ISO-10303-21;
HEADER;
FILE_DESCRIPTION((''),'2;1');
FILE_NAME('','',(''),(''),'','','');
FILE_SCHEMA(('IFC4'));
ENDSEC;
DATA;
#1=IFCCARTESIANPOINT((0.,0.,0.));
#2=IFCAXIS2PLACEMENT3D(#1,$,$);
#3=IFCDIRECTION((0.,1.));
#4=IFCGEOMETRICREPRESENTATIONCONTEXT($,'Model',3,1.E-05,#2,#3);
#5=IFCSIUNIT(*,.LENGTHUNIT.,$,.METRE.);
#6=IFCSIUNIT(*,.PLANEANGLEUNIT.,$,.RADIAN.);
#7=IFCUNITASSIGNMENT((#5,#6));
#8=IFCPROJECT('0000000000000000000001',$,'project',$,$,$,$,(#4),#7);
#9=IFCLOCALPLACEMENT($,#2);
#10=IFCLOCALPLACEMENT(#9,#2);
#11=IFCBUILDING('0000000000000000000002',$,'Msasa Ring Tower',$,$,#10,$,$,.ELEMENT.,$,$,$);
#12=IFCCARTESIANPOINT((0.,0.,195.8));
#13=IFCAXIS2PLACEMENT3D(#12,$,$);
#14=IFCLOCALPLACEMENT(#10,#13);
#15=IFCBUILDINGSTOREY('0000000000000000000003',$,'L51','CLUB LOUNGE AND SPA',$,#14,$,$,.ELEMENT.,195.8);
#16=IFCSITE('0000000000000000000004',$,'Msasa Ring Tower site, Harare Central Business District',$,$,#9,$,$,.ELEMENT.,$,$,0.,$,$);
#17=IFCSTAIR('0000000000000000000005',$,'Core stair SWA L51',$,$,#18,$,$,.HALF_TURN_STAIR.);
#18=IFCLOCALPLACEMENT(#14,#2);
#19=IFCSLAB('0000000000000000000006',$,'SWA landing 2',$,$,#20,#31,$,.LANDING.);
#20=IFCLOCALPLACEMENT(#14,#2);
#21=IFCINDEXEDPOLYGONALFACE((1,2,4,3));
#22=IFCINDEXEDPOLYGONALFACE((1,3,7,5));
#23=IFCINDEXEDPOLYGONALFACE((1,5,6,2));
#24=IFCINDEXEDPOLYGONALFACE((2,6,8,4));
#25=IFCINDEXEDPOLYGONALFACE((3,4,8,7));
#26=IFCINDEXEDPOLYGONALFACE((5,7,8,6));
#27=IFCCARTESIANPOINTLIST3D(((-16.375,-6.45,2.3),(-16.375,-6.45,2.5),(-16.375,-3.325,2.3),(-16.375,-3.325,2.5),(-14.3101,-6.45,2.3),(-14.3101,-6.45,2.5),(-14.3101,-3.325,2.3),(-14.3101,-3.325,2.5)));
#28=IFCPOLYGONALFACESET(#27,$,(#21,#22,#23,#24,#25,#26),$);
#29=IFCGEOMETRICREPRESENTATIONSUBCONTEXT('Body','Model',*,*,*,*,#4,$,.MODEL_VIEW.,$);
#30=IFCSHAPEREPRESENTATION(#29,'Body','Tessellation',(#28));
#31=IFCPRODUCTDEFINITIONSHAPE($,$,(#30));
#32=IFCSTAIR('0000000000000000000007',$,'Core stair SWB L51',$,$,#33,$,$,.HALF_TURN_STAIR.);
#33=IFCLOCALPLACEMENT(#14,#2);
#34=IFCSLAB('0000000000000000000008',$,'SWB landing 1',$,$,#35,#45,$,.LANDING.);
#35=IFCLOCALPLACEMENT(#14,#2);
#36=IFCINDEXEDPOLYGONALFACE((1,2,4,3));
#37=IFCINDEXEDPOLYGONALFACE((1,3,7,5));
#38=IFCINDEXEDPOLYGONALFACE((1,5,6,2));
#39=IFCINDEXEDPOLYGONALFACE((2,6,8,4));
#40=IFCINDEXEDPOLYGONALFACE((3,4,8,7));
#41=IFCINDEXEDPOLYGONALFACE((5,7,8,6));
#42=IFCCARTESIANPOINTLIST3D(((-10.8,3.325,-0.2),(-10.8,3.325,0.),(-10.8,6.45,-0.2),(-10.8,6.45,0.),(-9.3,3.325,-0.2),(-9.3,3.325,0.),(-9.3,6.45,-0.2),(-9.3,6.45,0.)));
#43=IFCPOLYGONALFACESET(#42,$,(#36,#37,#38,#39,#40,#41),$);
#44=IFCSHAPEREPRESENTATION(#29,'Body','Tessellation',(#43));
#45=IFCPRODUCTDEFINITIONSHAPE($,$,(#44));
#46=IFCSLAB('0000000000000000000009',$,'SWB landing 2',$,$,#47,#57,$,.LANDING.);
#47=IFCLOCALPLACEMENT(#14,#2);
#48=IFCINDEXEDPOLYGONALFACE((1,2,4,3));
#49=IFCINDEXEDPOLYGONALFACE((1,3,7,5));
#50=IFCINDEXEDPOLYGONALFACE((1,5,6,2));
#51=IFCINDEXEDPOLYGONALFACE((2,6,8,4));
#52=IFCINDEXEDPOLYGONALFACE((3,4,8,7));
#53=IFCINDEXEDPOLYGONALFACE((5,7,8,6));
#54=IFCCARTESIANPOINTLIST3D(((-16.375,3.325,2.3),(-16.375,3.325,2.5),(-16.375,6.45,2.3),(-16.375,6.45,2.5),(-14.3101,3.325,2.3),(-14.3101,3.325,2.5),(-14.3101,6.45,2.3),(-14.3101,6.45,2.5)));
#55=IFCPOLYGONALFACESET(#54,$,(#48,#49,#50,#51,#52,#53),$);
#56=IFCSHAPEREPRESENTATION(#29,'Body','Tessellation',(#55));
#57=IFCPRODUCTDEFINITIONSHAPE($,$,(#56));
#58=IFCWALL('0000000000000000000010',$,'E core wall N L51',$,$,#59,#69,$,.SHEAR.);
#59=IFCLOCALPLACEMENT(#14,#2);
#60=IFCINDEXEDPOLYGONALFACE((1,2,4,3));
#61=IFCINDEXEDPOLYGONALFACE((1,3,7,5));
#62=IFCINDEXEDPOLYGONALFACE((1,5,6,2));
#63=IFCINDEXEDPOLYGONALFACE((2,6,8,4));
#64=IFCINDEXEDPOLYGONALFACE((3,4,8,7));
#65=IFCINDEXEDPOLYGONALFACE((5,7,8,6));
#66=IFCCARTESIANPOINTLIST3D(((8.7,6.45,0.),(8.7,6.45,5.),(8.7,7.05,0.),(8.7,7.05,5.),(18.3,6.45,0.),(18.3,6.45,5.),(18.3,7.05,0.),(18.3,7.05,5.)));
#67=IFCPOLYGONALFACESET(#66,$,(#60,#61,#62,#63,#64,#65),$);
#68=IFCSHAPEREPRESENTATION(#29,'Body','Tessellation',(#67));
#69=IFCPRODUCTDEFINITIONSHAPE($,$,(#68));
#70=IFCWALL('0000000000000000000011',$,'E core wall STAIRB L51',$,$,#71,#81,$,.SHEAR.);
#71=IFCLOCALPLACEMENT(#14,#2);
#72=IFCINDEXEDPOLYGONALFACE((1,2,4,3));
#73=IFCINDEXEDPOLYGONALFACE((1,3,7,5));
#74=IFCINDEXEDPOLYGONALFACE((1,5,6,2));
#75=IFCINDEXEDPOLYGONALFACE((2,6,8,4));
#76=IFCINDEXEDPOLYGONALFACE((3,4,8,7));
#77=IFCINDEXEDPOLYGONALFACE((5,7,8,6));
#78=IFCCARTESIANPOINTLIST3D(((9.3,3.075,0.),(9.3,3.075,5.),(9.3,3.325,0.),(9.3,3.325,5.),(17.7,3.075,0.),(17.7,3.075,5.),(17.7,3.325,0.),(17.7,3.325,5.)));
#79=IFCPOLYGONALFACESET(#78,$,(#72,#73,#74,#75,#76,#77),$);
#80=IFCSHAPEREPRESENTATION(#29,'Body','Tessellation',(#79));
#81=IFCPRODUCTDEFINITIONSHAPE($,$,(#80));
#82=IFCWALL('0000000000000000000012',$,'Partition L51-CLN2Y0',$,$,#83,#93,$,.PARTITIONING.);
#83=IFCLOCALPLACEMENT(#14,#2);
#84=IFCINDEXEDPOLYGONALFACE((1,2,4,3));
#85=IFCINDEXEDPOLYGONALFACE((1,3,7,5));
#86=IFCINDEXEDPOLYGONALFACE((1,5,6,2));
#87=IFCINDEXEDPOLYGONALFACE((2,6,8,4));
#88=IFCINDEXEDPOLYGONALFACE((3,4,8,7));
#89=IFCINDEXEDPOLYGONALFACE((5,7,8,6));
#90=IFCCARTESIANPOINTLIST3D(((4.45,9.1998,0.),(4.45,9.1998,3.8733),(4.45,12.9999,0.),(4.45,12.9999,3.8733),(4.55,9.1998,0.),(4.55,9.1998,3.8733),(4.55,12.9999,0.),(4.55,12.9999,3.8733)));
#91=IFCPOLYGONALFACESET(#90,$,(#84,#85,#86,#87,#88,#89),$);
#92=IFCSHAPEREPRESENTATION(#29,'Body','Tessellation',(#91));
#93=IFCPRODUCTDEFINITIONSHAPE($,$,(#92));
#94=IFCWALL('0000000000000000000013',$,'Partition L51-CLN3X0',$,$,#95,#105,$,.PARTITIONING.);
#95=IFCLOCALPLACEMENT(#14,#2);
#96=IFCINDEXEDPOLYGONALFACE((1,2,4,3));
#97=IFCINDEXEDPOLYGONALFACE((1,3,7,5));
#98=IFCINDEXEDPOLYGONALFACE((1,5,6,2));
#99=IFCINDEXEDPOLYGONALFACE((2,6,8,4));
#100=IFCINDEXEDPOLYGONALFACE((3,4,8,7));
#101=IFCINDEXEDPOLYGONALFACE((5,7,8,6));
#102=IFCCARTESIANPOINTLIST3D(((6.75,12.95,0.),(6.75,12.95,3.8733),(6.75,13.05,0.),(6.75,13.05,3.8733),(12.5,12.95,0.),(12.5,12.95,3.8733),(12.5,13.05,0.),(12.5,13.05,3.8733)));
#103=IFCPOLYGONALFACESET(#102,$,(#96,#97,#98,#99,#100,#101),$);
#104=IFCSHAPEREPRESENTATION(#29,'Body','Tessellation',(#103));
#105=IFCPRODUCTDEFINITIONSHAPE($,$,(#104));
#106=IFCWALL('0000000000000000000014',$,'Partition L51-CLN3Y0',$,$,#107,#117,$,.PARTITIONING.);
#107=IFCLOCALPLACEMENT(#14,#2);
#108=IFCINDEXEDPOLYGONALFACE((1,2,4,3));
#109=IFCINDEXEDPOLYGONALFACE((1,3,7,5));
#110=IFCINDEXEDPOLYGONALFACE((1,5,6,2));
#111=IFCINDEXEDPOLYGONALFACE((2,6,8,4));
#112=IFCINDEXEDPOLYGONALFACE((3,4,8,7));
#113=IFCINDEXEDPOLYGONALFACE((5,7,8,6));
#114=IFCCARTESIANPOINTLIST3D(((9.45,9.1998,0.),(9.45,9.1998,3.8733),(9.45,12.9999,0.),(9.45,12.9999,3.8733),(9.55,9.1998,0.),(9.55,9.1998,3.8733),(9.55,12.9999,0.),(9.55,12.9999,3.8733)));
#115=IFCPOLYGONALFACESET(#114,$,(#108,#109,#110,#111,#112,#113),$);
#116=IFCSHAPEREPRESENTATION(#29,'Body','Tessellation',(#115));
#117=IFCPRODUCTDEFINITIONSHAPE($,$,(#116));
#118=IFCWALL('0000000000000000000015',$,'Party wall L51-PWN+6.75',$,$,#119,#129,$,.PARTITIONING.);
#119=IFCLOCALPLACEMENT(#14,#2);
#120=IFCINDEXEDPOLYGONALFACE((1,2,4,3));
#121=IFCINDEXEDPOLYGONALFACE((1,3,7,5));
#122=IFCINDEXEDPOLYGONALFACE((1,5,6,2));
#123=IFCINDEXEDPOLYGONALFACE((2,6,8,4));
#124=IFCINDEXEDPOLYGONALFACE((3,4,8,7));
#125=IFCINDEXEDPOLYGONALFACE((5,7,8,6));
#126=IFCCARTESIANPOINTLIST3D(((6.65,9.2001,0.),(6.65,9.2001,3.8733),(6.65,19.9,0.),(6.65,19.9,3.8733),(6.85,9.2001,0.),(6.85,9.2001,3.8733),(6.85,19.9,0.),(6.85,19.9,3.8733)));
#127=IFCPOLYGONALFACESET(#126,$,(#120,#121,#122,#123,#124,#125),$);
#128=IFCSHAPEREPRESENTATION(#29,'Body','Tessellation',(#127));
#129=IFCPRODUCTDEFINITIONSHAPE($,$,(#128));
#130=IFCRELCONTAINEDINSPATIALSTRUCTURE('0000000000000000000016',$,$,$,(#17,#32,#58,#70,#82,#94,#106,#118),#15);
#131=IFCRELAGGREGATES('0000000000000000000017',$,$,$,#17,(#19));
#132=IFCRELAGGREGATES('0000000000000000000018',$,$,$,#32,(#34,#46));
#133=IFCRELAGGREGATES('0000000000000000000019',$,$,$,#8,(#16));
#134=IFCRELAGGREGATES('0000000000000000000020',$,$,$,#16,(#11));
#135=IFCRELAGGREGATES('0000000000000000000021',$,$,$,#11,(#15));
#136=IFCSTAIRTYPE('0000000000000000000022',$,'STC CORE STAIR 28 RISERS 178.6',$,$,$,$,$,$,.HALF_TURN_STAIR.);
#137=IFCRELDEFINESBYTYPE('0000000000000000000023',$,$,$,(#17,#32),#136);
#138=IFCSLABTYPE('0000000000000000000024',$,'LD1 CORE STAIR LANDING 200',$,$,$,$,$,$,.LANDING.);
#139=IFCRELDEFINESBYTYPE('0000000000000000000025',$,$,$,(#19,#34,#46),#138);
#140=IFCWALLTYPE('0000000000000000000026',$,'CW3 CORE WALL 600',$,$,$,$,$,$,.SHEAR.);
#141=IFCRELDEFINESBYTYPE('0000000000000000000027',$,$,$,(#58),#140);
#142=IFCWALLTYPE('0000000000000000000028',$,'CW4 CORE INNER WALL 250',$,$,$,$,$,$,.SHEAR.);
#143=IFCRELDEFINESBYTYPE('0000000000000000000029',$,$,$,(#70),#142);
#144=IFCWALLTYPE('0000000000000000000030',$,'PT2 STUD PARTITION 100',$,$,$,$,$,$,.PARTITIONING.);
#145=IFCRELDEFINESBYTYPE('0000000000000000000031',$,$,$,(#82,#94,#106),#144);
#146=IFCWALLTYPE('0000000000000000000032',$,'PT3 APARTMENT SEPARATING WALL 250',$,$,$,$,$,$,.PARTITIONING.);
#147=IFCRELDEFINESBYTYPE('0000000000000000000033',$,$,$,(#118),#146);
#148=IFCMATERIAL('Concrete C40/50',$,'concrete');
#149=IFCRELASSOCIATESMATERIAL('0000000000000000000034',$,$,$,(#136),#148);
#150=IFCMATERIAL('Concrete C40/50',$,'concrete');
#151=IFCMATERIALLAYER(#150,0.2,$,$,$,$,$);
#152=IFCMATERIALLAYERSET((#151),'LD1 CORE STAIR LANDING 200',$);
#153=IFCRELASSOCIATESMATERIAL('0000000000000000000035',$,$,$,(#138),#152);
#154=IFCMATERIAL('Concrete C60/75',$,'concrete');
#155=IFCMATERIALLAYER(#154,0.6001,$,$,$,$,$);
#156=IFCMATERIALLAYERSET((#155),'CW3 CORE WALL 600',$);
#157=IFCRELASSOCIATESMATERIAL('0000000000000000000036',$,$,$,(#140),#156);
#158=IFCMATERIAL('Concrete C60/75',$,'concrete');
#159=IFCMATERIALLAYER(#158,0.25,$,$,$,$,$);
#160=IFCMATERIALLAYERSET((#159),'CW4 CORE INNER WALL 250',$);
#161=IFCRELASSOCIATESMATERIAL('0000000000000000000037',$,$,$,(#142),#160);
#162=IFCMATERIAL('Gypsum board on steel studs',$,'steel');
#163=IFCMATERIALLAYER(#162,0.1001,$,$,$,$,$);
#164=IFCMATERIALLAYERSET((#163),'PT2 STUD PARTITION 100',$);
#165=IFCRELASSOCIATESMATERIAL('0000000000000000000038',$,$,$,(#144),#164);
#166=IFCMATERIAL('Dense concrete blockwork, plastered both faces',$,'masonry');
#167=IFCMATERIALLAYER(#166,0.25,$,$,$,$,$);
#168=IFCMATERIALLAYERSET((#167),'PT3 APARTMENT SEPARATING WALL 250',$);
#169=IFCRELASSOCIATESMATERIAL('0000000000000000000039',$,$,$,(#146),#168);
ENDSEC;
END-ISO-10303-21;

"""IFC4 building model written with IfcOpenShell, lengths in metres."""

from ifc_helpers import new_model, si_unit, direction, frame, frame_2d, origin, place, context, subcontext, project, spatial, polyline, rectangle, outline, extrude, material, layer, layer_set, type_object, element, aggregate, save


model = new_model("IFC4")

# Units and contexts
model_context = context("Model", 3, precision=1e-05, world=origin(), true_north=direction((0.0, 1.0)))
body_context = subcontext(model_context, "Body", "Model", "MODEL_VIEW")
ifc_project = project(units=[si_unit("LENGTHUNIT", "METRE"), si_unit("PLANEANGLEUNIT", "RADIAN")], contexts=[model_context])

# Site, building, storey
site_placement = place(None, origin())
site = spatial("IfcSite", under=ifc_project, at=site_placement, Name="Msasa Ring Tower site, Harare Central Business District", CompositionType="ELEMENT", RefElevation=0.0)
building_placement = place(site_placement, origin())
building = spatial("IfcBuilding", under=site, at=building_placement, Name="Msasa Ring Tower", CompositionType="ELEMENT")
storey_placement = place(building_placement, frame((0.0, 0.0, 195.8)))
storey = spatial("IfcBuildingStorey", under=building, at=storey_placement, Name="L51", Description="CLUB LOUNGE AND SPA", CompositionType="ELEMENT", Elevation=195.8)

# Stairs, slabs
ifc_material_1 = material(Name="Concrete C40/50", Category="concrete")
stair_type = type_object("IfcStairType", Name="STC CORE STAIR 28 RISERS 178.6", PredefinedType="HALF_TURN_STAIR", material=ifc_material_1)
stair_1_placement = place(storey_placement, origin())
stair_1 = element("IfcStair", 1, at=stair_1_placement, inside=storey, type_object=stair_type, Name="Core stair SWA L51", PredefinedType="HALF_TURN_STAIR")
ifc_material_2 = material(Name="Concrete C40/50", Category="concrete")
ifc_layer_1 = layer(ifc_material_2, 0.2)
ifc_layer_set_1 = layer_set([ifc_layer_1], Name="LD1 CORE STAIR LANDING 200")
slab_type = type_object("IfcSlabType", Name="LD1 CORE STAIR LANDING 200", PredefinedType="LANDING", material=ifc_layer_set_1)
slab_1_placement = place(storey_placement, frame((0.0, 0.0, 2.3)))
slab_1 = element("IfcSlab", 2, at=slab_1_placement, type_object=slab_type, Name="SWA landing 2", PredefinedType="LANDING", context=body_context, shape_type="SweptSolid", body=[
    extrude(outline(polyline([(-16.375, -6.45), (-14.3101, -6.45), (-14.3101, -3.325), (-16.375, -3.325), (-16.375, -6.45)])), origin(), (0.0, 0.0, 1.0), 0.2),
])
aggregate(stair_1, [slab_1])
stair_2_placement = place(storey_placement, origin())
stair_2 = element("IfcStair", 3, at=stair_2_placement, inside=storey, type_object=stair_type, Name="Core stair SWB L51", PredefinedType="HALF_TURN_STAIR")
slab_2_placement = place(storey_placement, frame((0.0, 0.0, -0.2)))
slab_2 = element("IfcSlab", 4, at=slab_2_placement, type_object=slab_type, Name="SWB landing 1", PredefinedType="LANDING", context=body_context, shape_type="SweptSolid", body=[
    extrude(outline(polyline([(-10.8, 3.325), (-9.3, 3.325), (-9.3, 6.45), (-10.8, 6.45), (-10.8, 3.325)])), origin(), (0.0, 0.0, 1.0), 0.2),
])
slab_3_placement = place(storey_placement, frame((0.0, 0.0, 2.3)))
slab_3 = element("IfcSlab", 5, at=slab_3_placement, type_object=slab_type, Name="SWB landing 2", PredefinedType="LANDING", context=body_context, shape_type="SweptSolid", body=[
    extrude(outline(polyline([(-16.375, 3.325), (-14.3101, 3.325), (-14.3101, 6.45), (-16.375, 6.45), (-16.375, 3.325)])), origin(), (0.0, 0.0, 1.0), 0.2),
])
aggregate(stair_2, [slab_2, slab_3])

# Walls
ifc_material_3 = material(Name="Concrete C60/75", Category="concrete")
ifc_layer_2 = layer(ifc_material_3, 0.6001)
ifc_layer_set_2 = layer_set([ifc_layer_2], Name="CW3 CORE WALL 600")
wall_type_1 = type_object("IfcWallType", Name="CW3 CORE WALL 600", PredefinedType="SHEAR", material=ifc_layer_set_2)
wall_1_placement = place(storey_placement, frame((8.7, 6.75, 0.0), z_axis=(0.0, 0.0, 1.0), x_axis=(1.0, 0.0, 0.0)))
element("IfcWall", 6, at=wall_1_placement, inside=storey, type_object=wall_type_1, Name="E core wall N L51", PredefinedType="SHEAR", context=body_context, shape_type="SweptSolid", body=[
    extrude(rectangle(XDim=9.6001, YDim=0.6001, at=frame_2d((4.8, 0.0))), origin(), (0.0, 0.0, 1.0), 5.0),
])
ifc_material_4 = material(Name="Concrete C60/75", Category="concrete")
ifc_layer_3 = layer(ifc_material_4, 0.25)
ifc_layer_set_3 = layer_set([ifc_layer_3], Name="CW4 CORE INNER WALL 250")
wall_type_2 = type_object("IfcWallType", Name="CW4 CORE INNER WALL 250", PredefinedType="SHEAR", material=ifc_layer_set_3)
wall_2_placement = place(storey_placement, frame((9.3, 3.2, 0.0), z_axis=(0.0, 0.0, 1.0), x_axis=(1.0, 0.0, 0.0)))
element("IfcWall", 7, at=wall_2_placement, inside=storey, type_object=wall_type_2, Name="E core wall STAIRB L51", PredefinedType="SHEAR", context=body_context, shape_type="SweptSolid", body=[
    extrude(rectangle(XDim=8.3999, YDim=0.25, at=frame_2d((4.2, 0.0))), origin(), (0.0, 0.0, 1.0), 5.0),
])
ifc_material_5 = material(Name="Gypsum board on steel studs", Category="steel")
ifc_layer_4 = layer(ifc_material_5, 0.1001)
ifc_layer_set_4 = layer_set([ifc_layer_4], Name="PT2 STUD PARTITION 100")
wall_type_3 = type_object("IfcWallType", Name="PT2 STUD PARTITION 100", PredefinedType="PARTITIONING", material=ifc_layer_set_4)
wall_3_placement = place(storey_placement, frame((4.5, 9.2, 0.0), z_axis=(0.0, 0.0, 1.0), x_axis=(0.0, 1.0, 0.0)))
element("IfcWall", 8, at=wall_3_placement, inside=storey, type_object=wall_type_3, Name="Partition L51-CLN2Y0", PredefinedType="PARTITIONING", context=body_context, shape_type="SweptSolid", body=[
    extrude(rectangle(XDim=3.8, YDim=0.1001, at=frame_2d((1.8999, 0.0))), origin(), (0.0, 0.0, 1.0), 3.8733),
])
wall_4_placement = place(storey_placement, frame((6.75, 13.0, 0.0), z_axis=(0.0, 0.0, 1.0), x_axis=(1.0, 0.0, 0.0)))
element("IfcWall", 9, at=wall_4_placement, inside=storey, type_object=wall_type_3, Name="Partition L51-CLN3X0", PredefinedType="PARTITIONING", context=body_context, shape_type="SweptSolid", body=[
    extrude(rectangle(XDim=5.75, YDim=0.1001, at=frame_2d((2.875, 0.0))), origin(), (0.0, 0.0, 1.0), 3.8733),
])
wall_5_placement = place(storey_placement, frame((9.5, 9.2, 0.0), z_axis=(0.0, 0.0, 1.0), x_axis=(0.0, 1.0, 0.0)))
element("IfcWall", 10, at=wall_5_placement, inside=storey, type_object=wall_type_3, Name="Partition L51-CLN3Y0", PredefinedType="PARTITIONING", context=body_context, shape_type="SweptSolid", body=[
    extrude(rectangle(XDim=3.8, YDim=0.1001, at=frame_2d((1.8999, 0.0))), origin(), (0.0, 0.0, 1.0), 3.8733),
])
ifc_material_6 = material(Name="Dense concrete blockwork, plastered both faces", Category="masonry")
ifc_layer_5 = layer(ifc_material_6, 0.25)
ifc_layer_set_5 = layer_set([ifc_layer_5], Name="PT3 APARTMENT SEPARATING WALL 250")
wall_type_4 = type_object("IfcWallType", Name="PT3 APARTMENT SEPARATING WALL 250", PredefinedType="PARTITIONING", material=ifc_layer_set_5)
wall_6_placement = place(storey_placement, frame((6.75, 9.2, 0.0), z_axis=(0.0, 0.0, 1.0), x_axis=(0.0, 1.0, 0.0)))
element("IfcWall", 11, at=wall_6_placement, inside=storey, type_object=wall_type_4, Name="Party wall L51-PWN+6.75", PredefinedType="PARTITIONING", context=body_context, shape_type="SweptSolid", body=[
    extrude(rectangle(XDim=10.7, YDim=0.2, at=frame_2d((5.3501, 0.0))), origin(), (0.0, 0.0, 1.0), 3.8733),
])

save(model, "model.ifc")
